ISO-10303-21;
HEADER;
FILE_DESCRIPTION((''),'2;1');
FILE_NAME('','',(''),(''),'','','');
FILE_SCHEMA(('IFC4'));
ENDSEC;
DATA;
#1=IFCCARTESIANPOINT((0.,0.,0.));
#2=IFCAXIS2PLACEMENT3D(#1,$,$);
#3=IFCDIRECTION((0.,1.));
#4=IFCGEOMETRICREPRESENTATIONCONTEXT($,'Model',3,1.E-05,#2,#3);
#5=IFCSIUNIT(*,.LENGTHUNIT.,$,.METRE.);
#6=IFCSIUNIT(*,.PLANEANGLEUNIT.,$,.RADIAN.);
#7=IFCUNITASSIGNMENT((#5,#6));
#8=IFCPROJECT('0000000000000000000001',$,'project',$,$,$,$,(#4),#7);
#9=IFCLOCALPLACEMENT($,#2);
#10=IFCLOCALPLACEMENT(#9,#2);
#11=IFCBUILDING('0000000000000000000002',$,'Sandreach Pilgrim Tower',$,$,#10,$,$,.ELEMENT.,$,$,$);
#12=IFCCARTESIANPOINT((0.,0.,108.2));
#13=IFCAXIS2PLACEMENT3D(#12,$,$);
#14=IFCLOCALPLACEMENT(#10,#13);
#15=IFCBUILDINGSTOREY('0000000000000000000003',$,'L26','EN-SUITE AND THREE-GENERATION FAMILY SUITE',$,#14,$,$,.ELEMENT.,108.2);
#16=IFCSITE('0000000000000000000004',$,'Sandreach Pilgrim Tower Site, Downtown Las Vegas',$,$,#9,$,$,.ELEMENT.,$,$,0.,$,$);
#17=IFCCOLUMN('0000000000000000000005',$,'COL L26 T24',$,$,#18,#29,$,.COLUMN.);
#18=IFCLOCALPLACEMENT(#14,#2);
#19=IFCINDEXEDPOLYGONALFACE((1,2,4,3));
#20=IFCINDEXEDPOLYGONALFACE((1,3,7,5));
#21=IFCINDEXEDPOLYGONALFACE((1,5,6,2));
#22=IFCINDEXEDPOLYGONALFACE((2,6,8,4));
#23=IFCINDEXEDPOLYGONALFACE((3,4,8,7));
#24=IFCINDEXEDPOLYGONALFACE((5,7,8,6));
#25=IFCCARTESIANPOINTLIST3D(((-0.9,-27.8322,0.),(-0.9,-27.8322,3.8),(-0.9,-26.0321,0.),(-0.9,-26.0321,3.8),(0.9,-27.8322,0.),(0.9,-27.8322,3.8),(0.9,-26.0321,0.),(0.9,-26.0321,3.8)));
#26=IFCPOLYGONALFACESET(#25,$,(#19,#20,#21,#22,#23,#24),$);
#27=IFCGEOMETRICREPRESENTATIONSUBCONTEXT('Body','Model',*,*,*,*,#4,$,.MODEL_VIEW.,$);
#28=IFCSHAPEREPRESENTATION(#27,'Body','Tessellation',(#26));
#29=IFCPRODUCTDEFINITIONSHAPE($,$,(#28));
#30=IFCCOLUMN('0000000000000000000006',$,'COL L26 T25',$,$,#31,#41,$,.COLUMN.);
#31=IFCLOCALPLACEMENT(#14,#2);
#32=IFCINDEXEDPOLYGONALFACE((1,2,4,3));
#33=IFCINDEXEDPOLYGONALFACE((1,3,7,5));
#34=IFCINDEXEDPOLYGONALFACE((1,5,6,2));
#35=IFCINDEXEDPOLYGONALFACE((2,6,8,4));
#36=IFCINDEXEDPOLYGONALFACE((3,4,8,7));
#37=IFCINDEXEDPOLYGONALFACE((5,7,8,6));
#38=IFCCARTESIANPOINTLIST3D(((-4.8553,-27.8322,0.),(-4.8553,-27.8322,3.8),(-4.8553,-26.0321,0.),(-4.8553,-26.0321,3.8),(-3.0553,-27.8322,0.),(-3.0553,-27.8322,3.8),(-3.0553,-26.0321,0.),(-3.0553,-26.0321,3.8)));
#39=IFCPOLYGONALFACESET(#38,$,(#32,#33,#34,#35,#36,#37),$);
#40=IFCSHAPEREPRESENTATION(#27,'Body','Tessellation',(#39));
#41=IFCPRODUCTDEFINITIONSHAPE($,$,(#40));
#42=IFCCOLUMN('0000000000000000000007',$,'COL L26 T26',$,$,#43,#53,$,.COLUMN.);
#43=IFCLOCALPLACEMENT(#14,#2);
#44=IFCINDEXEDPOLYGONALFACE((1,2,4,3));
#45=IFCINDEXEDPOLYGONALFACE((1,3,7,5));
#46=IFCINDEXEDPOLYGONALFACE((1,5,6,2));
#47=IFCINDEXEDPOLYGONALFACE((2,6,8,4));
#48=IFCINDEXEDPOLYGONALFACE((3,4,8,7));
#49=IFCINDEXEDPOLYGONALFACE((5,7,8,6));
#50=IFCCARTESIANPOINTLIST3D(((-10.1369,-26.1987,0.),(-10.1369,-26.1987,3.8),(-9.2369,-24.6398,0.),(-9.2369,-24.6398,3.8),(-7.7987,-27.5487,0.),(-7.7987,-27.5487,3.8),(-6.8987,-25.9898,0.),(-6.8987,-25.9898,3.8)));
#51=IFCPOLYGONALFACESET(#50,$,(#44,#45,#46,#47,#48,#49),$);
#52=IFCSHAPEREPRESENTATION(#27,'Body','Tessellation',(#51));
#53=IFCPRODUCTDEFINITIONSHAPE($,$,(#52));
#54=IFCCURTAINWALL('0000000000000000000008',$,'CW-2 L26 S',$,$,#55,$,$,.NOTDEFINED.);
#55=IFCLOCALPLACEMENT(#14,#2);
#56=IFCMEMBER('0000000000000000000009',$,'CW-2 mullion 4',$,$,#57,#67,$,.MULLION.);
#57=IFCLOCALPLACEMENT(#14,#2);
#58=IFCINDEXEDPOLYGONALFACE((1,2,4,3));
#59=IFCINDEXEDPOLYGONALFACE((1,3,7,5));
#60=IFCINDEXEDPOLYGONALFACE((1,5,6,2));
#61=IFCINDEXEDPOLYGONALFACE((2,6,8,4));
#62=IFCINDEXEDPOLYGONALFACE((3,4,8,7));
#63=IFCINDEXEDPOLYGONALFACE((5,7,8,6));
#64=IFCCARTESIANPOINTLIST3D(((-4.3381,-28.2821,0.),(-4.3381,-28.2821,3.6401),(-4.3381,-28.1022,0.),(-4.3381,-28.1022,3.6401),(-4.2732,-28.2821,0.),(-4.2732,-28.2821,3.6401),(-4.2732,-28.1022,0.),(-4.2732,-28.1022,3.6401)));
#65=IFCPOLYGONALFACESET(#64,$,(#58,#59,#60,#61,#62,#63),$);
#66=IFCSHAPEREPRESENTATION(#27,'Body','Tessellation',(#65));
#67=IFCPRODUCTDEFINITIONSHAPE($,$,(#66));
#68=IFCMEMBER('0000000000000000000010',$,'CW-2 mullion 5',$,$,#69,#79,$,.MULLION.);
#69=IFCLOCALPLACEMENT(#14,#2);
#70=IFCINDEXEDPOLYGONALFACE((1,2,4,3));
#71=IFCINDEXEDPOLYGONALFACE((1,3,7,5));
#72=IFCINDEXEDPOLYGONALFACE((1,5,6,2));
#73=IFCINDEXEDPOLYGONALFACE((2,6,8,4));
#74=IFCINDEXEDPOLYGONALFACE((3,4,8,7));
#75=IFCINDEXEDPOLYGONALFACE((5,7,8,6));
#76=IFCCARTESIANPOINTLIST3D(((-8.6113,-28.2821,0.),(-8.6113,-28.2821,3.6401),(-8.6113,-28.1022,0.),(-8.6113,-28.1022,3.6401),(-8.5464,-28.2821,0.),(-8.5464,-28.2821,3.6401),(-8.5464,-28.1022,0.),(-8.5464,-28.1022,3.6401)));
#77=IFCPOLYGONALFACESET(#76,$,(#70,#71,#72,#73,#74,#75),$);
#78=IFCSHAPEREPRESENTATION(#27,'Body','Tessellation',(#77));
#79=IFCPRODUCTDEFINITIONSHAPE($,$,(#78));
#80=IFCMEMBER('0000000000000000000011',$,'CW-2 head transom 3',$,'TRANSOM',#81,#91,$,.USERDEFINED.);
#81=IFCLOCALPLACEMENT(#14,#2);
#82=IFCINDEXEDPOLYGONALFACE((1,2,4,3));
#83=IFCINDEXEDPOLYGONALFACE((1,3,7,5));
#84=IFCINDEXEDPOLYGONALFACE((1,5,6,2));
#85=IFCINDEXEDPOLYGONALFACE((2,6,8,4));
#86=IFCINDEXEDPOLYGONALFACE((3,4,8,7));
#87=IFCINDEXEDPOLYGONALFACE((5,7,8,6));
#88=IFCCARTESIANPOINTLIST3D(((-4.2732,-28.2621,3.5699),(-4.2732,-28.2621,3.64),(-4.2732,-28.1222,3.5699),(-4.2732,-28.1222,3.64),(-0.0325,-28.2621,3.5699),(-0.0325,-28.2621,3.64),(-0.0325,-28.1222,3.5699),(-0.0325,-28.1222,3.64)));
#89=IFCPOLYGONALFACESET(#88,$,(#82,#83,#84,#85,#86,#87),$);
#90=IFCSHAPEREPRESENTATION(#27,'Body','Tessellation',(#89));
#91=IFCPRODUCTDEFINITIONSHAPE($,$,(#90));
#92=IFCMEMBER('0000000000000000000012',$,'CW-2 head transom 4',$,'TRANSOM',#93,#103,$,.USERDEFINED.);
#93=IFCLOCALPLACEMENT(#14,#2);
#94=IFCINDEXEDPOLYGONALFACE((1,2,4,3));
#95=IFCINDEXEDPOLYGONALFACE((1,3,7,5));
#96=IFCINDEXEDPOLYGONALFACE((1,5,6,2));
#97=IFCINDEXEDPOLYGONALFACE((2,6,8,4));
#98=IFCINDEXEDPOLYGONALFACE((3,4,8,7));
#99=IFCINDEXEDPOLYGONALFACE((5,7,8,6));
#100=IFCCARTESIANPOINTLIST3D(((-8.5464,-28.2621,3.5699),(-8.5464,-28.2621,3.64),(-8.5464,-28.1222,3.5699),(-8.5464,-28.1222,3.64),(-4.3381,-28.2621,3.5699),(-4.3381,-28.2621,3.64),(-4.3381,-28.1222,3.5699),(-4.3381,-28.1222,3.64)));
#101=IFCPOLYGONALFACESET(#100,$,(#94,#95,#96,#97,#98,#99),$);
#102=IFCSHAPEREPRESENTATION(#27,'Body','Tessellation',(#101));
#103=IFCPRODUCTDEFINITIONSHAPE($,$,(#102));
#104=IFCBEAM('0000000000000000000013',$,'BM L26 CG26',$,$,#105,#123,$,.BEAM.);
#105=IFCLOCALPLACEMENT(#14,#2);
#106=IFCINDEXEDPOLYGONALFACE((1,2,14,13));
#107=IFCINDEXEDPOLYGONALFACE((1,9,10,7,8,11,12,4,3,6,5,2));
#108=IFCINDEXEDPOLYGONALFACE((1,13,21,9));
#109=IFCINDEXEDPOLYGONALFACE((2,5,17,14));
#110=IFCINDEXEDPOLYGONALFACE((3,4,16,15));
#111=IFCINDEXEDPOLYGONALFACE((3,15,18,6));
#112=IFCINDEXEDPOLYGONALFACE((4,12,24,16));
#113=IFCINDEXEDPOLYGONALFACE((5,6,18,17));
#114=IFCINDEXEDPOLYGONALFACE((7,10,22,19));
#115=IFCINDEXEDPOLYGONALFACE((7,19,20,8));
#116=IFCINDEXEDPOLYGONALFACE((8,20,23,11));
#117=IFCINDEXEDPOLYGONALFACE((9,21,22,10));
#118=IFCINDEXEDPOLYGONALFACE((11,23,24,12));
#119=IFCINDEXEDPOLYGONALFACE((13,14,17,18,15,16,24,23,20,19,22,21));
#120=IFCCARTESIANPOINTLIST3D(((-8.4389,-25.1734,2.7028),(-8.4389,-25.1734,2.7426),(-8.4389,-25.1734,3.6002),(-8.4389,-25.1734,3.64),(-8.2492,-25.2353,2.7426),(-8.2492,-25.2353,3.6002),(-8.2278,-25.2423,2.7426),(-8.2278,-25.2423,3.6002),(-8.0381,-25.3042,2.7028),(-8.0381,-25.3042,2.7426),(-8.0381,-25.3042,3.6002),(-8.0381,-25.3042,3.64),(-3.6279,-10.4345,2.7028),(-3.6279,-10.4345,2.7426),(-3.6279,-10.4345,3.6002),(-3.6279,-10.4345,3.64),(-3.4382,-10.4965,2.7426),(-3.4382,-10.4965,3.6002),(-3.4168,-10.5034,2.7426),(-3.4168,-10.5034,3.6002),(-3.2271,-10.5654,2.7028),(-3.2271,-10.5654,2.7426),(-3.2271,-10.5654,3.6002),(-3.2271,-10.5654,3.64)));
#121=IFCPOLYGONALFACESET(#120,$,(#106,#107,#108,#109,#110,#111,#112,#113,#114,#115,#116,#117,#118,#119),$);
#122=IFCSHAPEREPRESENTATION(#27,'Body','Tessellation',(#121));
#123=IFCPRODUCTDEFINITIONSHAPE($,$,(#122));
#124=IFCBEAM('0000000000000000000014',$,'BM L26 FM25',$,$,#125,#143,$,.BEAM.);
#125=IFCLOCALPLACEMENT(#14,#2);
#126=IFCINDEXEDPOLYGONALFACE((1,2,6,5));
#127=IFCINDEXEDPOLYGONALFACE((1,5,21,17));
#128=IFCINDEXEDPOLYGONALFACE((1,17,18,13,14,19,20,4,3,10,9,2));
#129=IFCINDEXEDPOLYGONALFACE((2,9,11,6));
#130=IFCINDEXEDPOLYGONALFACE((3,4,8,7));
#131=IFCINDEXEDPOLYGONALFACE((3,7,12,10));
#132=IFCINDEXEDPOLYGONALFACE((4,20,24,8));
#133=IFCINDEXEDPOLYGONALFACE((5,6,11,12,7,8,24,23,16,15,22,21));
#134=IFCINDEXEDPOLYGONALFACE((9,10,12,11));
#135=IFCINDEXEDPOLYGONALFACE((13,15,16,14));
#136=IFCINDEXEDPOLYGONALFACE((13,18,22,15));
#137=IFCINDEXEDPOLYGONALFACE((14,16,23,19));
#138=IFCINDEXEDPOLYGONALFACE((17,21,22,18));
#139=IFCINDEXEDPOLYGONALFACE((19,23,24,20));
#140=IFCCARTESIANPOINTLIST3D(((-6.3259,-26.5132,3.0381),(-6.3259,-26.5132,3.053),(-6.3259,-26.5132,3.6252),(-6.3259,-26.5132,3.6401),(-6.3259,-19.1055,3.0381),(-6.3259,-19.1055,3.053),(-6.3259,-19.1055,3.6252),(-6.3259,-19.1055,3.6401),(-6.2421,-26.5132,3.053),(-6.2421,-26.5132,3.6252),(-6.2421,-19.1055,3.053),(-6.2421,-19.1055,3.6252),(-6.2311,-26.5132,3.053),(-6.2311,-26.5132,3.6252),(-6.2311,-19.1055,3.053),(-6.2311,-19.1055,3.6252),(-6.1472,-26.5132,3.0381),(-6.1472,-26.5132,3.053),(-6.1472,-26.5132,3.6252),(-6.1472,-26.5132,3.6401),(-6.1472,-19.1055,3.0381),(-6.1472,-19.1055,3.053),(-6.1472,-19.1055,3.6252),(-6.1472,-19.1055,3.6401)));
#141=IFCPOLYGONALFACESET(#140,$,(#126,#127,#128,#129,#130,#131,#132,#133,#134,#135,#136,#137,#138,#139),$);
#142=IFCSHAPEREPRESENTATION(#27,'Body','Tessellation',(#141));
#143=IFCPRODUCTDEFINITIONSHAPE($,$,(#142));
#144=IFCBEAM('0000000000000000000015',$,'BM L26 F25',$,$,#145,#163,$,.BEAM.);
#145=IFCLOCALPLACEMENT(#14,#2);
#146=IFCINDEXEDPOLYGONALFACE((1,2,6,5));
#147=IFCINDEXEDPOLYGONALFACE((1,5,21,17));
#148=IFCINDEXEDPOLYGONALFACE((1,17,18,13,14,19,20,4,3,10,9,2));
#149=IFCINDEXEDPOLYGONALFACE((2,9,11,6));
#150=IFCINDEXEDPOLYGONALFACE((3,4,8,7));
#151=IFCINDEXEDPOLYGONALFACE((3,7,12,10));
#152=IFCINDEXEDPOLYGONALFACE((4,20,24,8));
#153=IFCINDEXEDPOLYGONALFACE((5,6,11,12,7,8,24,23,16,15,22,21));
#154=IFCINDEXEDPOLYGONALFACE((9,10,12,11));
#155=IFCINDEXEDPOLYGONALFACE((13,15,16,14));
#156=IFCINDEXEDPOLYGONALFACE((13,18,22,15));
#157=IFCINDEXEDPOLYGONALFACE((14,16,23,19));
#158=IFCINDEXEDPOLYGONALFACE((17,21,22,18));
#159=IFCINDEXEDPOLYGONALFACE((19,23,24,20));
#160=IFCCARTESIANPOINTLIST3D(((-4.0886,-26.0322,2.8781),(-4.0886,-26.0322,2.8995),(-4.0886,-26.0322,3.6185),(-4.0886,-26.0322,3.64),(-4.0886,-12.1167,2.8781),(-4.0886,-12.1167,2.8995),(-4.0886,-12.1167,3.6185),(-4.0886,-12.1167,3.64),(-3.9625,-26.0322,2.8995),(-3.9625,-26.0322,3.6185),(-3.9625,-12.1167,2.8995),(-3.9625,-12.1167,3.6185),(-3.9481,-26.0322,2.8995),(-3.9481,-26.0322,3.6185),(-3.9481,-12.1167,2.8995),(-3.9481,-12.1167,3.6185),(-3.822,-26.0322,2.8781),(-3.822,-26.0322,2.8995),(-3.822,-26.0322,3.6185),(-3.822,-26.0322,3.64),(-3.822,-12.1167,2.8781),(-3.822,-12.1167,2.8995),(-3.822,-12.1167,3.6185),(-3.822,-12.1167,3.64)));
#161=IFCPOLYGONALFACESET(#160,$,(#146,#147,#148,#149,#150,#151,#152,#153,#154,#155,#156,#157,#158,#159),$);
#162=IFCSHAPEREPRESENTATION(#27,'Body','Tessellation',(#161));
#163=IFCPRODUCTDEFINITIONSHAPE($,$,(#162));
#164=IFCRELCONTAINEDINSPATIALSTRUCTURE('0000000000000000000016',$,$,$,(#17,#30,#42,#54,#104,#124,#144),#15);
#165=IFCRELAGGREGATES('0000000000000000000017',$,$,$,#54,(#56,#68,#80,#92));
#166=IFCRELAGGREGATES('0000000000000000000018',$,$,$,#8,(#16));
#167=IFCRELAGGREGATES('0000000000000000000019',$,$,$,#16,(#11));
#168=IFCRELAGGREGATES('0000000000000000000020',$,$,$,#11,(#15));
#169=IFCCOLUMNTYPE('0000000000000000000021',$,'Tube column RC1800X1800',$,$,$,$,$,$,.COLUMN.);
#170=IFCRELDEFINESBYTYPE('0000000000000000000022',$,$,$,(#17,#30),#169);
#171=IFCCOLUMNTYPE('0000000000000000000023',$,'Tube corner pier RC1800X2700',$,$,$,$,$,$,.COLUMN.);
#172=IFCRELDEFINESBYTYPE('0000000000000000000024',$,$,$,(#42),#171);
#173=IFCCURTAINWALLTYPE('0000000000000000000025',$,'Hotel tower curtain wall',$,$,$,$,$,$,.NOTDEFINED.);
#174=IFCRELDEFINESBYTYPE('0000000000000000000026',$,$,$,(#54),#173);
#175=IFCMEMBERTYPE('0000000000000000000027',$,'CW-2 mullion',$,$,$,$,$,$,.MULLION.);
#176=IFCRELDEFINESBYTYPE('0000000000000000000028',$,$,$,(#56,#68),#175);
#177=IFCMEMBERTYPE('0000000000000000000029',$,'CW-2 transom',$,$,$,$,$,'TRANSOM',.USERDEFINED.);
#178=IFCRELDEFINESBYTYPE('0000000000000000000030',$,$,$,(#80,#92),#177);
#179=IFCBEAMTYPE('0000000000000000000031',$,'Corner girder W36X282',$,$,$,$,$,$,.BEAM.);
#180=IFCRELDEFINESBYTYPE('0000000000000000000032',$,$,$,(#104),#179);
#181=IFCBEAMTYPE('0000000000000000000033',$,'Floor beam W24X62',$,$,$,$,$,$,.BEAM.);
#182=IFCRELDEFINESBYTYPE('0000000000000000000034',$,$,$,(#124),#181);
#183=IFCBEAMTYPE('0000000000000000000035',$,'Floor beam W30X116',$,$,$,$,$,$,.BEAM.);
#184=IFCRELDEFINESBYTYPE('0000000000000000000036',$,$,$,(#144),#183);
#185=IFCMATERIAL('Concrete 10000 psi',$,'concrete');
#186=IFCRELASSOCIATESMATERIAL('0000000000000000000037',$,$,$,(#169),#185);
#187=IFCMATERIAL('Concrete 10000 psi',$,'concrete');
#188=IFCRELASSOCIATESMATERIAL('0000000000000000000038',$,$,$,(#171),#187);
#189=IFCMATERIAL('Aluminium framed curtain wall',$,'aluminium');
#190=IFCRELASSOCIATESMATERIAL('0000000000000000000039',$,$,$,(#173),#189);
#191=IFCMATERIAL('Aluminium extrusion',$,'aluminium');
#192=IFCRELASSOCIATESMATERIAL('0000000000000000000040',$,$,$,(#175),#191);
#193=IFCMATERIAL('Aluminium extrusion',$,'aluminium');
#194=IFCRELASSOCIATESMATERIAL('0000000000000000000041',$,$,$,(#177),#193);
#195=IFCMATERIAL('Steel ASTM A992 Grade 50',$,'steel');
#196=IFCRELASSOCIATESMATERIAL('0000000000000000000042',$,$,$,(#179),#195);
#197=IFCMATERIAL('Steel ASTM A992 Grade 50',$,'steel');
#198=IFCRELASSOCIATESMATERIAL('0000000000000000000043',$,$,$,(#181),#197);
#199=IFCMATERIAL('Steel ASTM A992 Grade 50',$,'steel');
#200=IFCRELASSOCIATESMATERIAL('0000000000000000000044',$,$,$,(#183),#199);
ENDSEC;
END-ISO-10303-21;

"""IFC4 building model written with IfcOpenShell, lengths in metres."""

from ifc_helpers import new_model, si_unit, direction, frame, origin, origin_2d, place, context, subcontext, project, spatial, rectangle, i_section, extrude, material, material_profile, profile_set, type_object, element, aggregate, save


model = new_model("IFC4")

# Units and contexts
model_context = context("Model", 3, precision=1e-05, world=origin(), true_north=direction((0.0, 1.0)))
body_context = subcontext(model_context, "Body", "Model", "MODEL_VIEW")
ifc_project = project(units=[si_unit("LENGTHUNIT", "METRE"), si_unit("PLANEANGLEUNIT", "RADIAN")], contexts=[model_context])

# Site, building, storey
site_placement = place(None, origin())
site = spatial("IfcSite", under=ifc_project, at=site_placement, Name="Sandreach Pilgrim Tower Site, Downtown Las Vegas", CompositionType="ELEMENT", RefElevation=0.0)
building_placement = place(site_placement, origin())
building = spatial("IfcBuilding", under=site, at=building_placement, Name="Sandreach Pilgrim Tower", CompositionType="ELEMENT")
storey_placement = place(building_placement, frame((0.0, 0.0, 108.2)))
storey = spatial("IfcBuildingStorey", under=building, at=storey_placement, Name="L26", Description="EN-SUITE AND THREE-GENERATION FAMILY SUITE", CompositionType="ELEMENT", Elevation=108.2)

# Columns
ifc_material_1 = material(Name="Concrete 10000 psi", Category="concrete")
ifc_material_profile_1 = material_profile(ifc_material_1, rectangle(XDim=1.8, YDim=1.8, at=origin_2d()), Name="RC1800X1800")
ifc_profile_set_1 = profile_set([ifc_material_profile_1], Name="Concrete 10000 psi")
column_type_1 = type_object("IfcColumnType", Name="Tube column RC1800X1800", PredefinedType="COLUMN", material=ifc_profile_set_1)
for number, where, z_axis, x_axis, name in (
    (1, (0.0, -26.9321, 0.0), (0.0, 0.0, 1.0), (0.0, -1.0, 0.0), "COL L26 T24"),
    (2, (-3.9553, -26.9321, 0.0), (0.0, 0.0, 1.0), (0.0, -1.0, 0.0), "COL L26 T25"),
):
    element("IfcColumn", number, at=place(storey_placement, frame(where, z_axis=z_axis, x_axis=x_axis)), inside=storey, type_object=column_type_1, Name=name, PredefinedType="COLUMN", context=body_context, shape_type="SweptSolid", body=[
        extrude(rectangle(XDim=1.8, YDim=1.8, at=origin_2d()), origin(), (0.0, 0.0, 1.0), 3.8),
    ])
ifc_material_2 = material(Name="Concrete 10000 psi", Category="concrete")
ifc_material_profile_2 = material_profile(ifc_material_2, rectangle(XDim=1.8, YDim=2.7, at=origin_2d()), Name="RC1800X2700")
ifc_profile_set_2 = profile_set([ifc_material_profile_2], Name="Concrete 10000 psi")
column_type_2 = type_object("IfcColumnType", Name="Tube corner pier RC1800X2700", PredefinedType="COLUMN", material=ifc_profile_set_2)
column_placement = place(storey_placement, frame((-8.5178, -26.0942, 0.0), z_axis=(0.0, 0.0, 1.0), x_axis=(-0.5, -0.866025, 0.0)))
element("IfcColumn", 3, at=column_placement, inside=storey, type_object=column_type_2, Name="COL L26 T26", PredefinedType="COLUMN", context=body_context, shape_type="SweptSolid", body=[
    extrude(rectangle(XDim=1.8, YDim=2.7, at=origin_2d()), origin(), (0.0, 0.0, 1.0), 3.8),
])

# Curtain wall, members
ifc_material_3 = material(Name="Aluminium framed curtain wall", Category="aluminium")
curtain_wall_type = type_object("IfcCurtainWallType", Name="Hotel tower curtain wall", PredefinedType="NOTDEFINED", material=ifc_material_3)
curtain_wall_placement = place(storey_placement, origin())
curtain_wall = element("IfcCurtainWall", 4, at=curtain_wall_placement, inside=storey, type_object=curtain_wall_type, Name="CW-2 L26 S", PredefinedType="NOTDEFINED")
ifc_material_4 = material(Name="Aluminium extrusion", Category="aluminium")
ifc_material_profile_3 = material_profile(ifc_material_4, rectangle(XDim=0.0649, YDim=0.1799, at=origin_2d()), Name="CW-2M 65X180")
ifc_profile_set_3 = profile_set([ifc_material_profile_3], Name="Aluminium extrusion")
member_type_1 = type_object("IfcMemberType", Name="CW-2 mullion", PredefinedType="MULLION", material=ifc_profile_set_3)
member_1_placement = place(storey_placement, frame((-4.3057, -28.1921, 0.0), z_axis=(0.0, 0.0, 1.0), x_axis=(-1.0, 0.0, 0.0)))
member_1 = element("IfcMember", 5, at=member_1_placement, type_object=member_type_1, Name="CW-2 mullion 4", PredefinedType="MULLION", context=body_context, shape_type="SweptSolid", body=[
    extrude(rectangle(XDim=0.0649, YDim=0.1799, at=origin_2d()), origin(), (0.0, 0.0, 1.0), 3.6401),
])
member_2_placement = place(storey_placement, frame((-8.5789, -28.1921, 0.0), z_axis=(0.0, 0.0, 1.0), x_axis=(-1.0, 0.0, 0.0)))
member_2 = element("IfcMember", 6, at=member_2_placement, type_object=member_type_1, Name="CW-2 mullion 5", PredefinedType="MULLION", context=body_context, shape_type="SweptSolid", body=[
    extrude(rectangle(XDim=0.0649, YDim=0.1799, at=origin_2d()), origin(), (0.0, 0.0, 1.0), 3.6401),
])
ifc_material_5 = material(Name="Aluminium extrusion", Category="aluminium")
ifc_material_profile_4 = material_profile(ifc_material_5, rectangle(XDim=0.1399, YDim=0.0701, at=origin_2d()), Name="CW-2T 140X70")
ifc_profile_set_4 = profile_set([ifc_material_profile_4], Name="Aluminium extrusion")
member_type_2 = type_object("IfcMemberType", Name="CW-2 transom", ElementType="TRANSOM", PredefinedType="USERDEFINED", material=ifc_profile_set_4)
member_3_placement = place(storey_placement, frame((-0.0325, -28.1921, 3.605), z_axis=(-1.0, 0.0, 0.0), x_axis=(0.0, -1.0, 0.0)))
member_3 = element("IfcMember", 7, at=member_3_placement, type_object=member_type_2, Name="CW-2 head transom 3", ObjectType="TRANSOM", PredefinedType="USERDEFINED", context=body_context, shape_type="SweptSolid", body=[
    extrude(rectangle(XDim=0.1399, YDim=0.0701, at=origin_2d()), origin(), (0.0, 0.0, 1.0), 4.2407),
])
member_4_placement = place(storey_placement, frame((-4.3381, -28.1921, 3.605), z_axis=(-1.0, 0.0, 0.0), x_axis=(0.0, -1.0, 0.0)))
member_4 = element("IfcMember", 8, at=member_4_placement, type_object=member_type_2, Name="CW-2 head transom 4", ObjectType="TRANSOM", PredefinedType="USERDEFINED", context=body_context, shape_type="SweptSolid", body=[
    extrude(rectangle(XDim=0.1399, YDim=0.0701, at=origin_2d()), origin(), (0.0, 0.0, 1.0), 4.2083),
])

# Beams
ifc_material_6 = material(Name="Steel ASTM A992 Grade 50", Category="steel")
ifc_material_profile_5 = material_profile(ifc_material_6, i_section(OverallWidth=0.4216, OverallDepth=0.9373, WebThickness=0.0225, FlangeThickness=0.0398, at=origin_2d()), Name="W36X282")
ifc_profile_set_5 = profile_set([ifc_material_profile_5], Name="Steel ASTM A992 Grade 50")
beam_type_1 = type_object("IfcBeamType", Name="Corner girder W36X282", PredefinedType="BEAM", material=ifc_profile_set_5)
beam_1_placement = place(storey_placement, frame((-8.2385, -25.2388, 3.1714), z_axis=(0.310307, 0.950636, 0.0), x_axis=(-0.950636, 0.310307, 0.0)))
element("IfcBeam", 9, at=beam_1_placement, inside=storey, type_object=beam_type_1, Name="BM L26 CG26", PredefinedType="BEAM", context=body_context, shape_type="SweptSolid", body=[
    extrude(i_section(OverallWidth=0.4216, OverallDepth=0.9373, WebThickness=0.0225, FlangeThickness=0.0398, at=origin_2d()), origin(), (0.0, 0.0, 1.0), 15.5042),
])
ifc_material_7 = material(Name="Steel ASTM A992 Grade 50", Category="steel")
ifc_material_profile_6 = material_profile(ifc_material_7, i_section(OverallWidth=0.1787, OverallDepth=0.6021, WebThickness=0.011, FlangeThickness=0.0149, at=origin_2d()), Name="W24X62")
ifc_profile_set_6 = profile_set([ifc_material_profile_6], Name="Steel ASTM A992 Grade 50")
beam_type_2 = type_object("IfcBeamType", Name="Floor beam W24X62", PredefinedType="BEAM", material=ifc_profile_set_6)
beam_2_placement = place(storey_placement, frame((-6.2366, -26.5132, 3.3391), z_axis=(0.0, 1.0, 0.0), x_axis=(-1.0, 0.0, 0.0)))
element("IfcBeam", 10, at=beam_2_placement, inside=storey, type_object=beam_type_2, Name="BM L26 FM25", PredefinedType="BEAM", context=body_context, shape_type="SweptSolid", body=[
    extrude(i_section(OverallWidth=0.1787, OverallDepth=0.6021, WebThickness=0.011, FlangeThickness=0.0149, at=origin_2d()), origin(), (0.0, 0.0, 1.0), 7.4077),
])
ifc_material_8 = material(Name="Steel ASTM A992 Grade 50", Category="steel")
ifc_material_profile_7 = material_profile(ifc_material_8, i_section(OverallWidth=0.2666, OverallDepth=0.762, WebThickness=0.0144, FlangeThickness=0.0215, at=origin_2d()), Name="W30X116")
ifc_profile_set_7 = profile_set([ifc_material_profile_7], Name="Steel ASTM A992 Grade 50")
beam_type_3 = type_object("IfcBeamType", Name="Floor beam W30X116", PredefinedType="BEAM", material=ifc_profile_set_7)
beam_3_placement = place(storey_placement, frame((-3.9553, -26.0322, 3.259), z_axis=(0.0, 1.0, 0.0), x_axis=(-1.0, 0.0, 0.0)))
element("IfcBeam", 11, at=beam_3_placement, inside=storey, type_object=beam_type_3, Name="BM L26 F25", PredefinedType="BEAM", context=body_context, shape_type="SweptSolid", body=[
    extrude(i_section(OverallWidth=0.2666, OverallDepth=0.762, WebThickness=0.0144, FlangeThickness=0.0215, at=origin_2d()), origin(), (0.0, 0.0, 1.0), 13.9155),
])

aggregate(curtain_wall, [member_1, member_2, member_3, member_4])

save(model, "model.ifc")
